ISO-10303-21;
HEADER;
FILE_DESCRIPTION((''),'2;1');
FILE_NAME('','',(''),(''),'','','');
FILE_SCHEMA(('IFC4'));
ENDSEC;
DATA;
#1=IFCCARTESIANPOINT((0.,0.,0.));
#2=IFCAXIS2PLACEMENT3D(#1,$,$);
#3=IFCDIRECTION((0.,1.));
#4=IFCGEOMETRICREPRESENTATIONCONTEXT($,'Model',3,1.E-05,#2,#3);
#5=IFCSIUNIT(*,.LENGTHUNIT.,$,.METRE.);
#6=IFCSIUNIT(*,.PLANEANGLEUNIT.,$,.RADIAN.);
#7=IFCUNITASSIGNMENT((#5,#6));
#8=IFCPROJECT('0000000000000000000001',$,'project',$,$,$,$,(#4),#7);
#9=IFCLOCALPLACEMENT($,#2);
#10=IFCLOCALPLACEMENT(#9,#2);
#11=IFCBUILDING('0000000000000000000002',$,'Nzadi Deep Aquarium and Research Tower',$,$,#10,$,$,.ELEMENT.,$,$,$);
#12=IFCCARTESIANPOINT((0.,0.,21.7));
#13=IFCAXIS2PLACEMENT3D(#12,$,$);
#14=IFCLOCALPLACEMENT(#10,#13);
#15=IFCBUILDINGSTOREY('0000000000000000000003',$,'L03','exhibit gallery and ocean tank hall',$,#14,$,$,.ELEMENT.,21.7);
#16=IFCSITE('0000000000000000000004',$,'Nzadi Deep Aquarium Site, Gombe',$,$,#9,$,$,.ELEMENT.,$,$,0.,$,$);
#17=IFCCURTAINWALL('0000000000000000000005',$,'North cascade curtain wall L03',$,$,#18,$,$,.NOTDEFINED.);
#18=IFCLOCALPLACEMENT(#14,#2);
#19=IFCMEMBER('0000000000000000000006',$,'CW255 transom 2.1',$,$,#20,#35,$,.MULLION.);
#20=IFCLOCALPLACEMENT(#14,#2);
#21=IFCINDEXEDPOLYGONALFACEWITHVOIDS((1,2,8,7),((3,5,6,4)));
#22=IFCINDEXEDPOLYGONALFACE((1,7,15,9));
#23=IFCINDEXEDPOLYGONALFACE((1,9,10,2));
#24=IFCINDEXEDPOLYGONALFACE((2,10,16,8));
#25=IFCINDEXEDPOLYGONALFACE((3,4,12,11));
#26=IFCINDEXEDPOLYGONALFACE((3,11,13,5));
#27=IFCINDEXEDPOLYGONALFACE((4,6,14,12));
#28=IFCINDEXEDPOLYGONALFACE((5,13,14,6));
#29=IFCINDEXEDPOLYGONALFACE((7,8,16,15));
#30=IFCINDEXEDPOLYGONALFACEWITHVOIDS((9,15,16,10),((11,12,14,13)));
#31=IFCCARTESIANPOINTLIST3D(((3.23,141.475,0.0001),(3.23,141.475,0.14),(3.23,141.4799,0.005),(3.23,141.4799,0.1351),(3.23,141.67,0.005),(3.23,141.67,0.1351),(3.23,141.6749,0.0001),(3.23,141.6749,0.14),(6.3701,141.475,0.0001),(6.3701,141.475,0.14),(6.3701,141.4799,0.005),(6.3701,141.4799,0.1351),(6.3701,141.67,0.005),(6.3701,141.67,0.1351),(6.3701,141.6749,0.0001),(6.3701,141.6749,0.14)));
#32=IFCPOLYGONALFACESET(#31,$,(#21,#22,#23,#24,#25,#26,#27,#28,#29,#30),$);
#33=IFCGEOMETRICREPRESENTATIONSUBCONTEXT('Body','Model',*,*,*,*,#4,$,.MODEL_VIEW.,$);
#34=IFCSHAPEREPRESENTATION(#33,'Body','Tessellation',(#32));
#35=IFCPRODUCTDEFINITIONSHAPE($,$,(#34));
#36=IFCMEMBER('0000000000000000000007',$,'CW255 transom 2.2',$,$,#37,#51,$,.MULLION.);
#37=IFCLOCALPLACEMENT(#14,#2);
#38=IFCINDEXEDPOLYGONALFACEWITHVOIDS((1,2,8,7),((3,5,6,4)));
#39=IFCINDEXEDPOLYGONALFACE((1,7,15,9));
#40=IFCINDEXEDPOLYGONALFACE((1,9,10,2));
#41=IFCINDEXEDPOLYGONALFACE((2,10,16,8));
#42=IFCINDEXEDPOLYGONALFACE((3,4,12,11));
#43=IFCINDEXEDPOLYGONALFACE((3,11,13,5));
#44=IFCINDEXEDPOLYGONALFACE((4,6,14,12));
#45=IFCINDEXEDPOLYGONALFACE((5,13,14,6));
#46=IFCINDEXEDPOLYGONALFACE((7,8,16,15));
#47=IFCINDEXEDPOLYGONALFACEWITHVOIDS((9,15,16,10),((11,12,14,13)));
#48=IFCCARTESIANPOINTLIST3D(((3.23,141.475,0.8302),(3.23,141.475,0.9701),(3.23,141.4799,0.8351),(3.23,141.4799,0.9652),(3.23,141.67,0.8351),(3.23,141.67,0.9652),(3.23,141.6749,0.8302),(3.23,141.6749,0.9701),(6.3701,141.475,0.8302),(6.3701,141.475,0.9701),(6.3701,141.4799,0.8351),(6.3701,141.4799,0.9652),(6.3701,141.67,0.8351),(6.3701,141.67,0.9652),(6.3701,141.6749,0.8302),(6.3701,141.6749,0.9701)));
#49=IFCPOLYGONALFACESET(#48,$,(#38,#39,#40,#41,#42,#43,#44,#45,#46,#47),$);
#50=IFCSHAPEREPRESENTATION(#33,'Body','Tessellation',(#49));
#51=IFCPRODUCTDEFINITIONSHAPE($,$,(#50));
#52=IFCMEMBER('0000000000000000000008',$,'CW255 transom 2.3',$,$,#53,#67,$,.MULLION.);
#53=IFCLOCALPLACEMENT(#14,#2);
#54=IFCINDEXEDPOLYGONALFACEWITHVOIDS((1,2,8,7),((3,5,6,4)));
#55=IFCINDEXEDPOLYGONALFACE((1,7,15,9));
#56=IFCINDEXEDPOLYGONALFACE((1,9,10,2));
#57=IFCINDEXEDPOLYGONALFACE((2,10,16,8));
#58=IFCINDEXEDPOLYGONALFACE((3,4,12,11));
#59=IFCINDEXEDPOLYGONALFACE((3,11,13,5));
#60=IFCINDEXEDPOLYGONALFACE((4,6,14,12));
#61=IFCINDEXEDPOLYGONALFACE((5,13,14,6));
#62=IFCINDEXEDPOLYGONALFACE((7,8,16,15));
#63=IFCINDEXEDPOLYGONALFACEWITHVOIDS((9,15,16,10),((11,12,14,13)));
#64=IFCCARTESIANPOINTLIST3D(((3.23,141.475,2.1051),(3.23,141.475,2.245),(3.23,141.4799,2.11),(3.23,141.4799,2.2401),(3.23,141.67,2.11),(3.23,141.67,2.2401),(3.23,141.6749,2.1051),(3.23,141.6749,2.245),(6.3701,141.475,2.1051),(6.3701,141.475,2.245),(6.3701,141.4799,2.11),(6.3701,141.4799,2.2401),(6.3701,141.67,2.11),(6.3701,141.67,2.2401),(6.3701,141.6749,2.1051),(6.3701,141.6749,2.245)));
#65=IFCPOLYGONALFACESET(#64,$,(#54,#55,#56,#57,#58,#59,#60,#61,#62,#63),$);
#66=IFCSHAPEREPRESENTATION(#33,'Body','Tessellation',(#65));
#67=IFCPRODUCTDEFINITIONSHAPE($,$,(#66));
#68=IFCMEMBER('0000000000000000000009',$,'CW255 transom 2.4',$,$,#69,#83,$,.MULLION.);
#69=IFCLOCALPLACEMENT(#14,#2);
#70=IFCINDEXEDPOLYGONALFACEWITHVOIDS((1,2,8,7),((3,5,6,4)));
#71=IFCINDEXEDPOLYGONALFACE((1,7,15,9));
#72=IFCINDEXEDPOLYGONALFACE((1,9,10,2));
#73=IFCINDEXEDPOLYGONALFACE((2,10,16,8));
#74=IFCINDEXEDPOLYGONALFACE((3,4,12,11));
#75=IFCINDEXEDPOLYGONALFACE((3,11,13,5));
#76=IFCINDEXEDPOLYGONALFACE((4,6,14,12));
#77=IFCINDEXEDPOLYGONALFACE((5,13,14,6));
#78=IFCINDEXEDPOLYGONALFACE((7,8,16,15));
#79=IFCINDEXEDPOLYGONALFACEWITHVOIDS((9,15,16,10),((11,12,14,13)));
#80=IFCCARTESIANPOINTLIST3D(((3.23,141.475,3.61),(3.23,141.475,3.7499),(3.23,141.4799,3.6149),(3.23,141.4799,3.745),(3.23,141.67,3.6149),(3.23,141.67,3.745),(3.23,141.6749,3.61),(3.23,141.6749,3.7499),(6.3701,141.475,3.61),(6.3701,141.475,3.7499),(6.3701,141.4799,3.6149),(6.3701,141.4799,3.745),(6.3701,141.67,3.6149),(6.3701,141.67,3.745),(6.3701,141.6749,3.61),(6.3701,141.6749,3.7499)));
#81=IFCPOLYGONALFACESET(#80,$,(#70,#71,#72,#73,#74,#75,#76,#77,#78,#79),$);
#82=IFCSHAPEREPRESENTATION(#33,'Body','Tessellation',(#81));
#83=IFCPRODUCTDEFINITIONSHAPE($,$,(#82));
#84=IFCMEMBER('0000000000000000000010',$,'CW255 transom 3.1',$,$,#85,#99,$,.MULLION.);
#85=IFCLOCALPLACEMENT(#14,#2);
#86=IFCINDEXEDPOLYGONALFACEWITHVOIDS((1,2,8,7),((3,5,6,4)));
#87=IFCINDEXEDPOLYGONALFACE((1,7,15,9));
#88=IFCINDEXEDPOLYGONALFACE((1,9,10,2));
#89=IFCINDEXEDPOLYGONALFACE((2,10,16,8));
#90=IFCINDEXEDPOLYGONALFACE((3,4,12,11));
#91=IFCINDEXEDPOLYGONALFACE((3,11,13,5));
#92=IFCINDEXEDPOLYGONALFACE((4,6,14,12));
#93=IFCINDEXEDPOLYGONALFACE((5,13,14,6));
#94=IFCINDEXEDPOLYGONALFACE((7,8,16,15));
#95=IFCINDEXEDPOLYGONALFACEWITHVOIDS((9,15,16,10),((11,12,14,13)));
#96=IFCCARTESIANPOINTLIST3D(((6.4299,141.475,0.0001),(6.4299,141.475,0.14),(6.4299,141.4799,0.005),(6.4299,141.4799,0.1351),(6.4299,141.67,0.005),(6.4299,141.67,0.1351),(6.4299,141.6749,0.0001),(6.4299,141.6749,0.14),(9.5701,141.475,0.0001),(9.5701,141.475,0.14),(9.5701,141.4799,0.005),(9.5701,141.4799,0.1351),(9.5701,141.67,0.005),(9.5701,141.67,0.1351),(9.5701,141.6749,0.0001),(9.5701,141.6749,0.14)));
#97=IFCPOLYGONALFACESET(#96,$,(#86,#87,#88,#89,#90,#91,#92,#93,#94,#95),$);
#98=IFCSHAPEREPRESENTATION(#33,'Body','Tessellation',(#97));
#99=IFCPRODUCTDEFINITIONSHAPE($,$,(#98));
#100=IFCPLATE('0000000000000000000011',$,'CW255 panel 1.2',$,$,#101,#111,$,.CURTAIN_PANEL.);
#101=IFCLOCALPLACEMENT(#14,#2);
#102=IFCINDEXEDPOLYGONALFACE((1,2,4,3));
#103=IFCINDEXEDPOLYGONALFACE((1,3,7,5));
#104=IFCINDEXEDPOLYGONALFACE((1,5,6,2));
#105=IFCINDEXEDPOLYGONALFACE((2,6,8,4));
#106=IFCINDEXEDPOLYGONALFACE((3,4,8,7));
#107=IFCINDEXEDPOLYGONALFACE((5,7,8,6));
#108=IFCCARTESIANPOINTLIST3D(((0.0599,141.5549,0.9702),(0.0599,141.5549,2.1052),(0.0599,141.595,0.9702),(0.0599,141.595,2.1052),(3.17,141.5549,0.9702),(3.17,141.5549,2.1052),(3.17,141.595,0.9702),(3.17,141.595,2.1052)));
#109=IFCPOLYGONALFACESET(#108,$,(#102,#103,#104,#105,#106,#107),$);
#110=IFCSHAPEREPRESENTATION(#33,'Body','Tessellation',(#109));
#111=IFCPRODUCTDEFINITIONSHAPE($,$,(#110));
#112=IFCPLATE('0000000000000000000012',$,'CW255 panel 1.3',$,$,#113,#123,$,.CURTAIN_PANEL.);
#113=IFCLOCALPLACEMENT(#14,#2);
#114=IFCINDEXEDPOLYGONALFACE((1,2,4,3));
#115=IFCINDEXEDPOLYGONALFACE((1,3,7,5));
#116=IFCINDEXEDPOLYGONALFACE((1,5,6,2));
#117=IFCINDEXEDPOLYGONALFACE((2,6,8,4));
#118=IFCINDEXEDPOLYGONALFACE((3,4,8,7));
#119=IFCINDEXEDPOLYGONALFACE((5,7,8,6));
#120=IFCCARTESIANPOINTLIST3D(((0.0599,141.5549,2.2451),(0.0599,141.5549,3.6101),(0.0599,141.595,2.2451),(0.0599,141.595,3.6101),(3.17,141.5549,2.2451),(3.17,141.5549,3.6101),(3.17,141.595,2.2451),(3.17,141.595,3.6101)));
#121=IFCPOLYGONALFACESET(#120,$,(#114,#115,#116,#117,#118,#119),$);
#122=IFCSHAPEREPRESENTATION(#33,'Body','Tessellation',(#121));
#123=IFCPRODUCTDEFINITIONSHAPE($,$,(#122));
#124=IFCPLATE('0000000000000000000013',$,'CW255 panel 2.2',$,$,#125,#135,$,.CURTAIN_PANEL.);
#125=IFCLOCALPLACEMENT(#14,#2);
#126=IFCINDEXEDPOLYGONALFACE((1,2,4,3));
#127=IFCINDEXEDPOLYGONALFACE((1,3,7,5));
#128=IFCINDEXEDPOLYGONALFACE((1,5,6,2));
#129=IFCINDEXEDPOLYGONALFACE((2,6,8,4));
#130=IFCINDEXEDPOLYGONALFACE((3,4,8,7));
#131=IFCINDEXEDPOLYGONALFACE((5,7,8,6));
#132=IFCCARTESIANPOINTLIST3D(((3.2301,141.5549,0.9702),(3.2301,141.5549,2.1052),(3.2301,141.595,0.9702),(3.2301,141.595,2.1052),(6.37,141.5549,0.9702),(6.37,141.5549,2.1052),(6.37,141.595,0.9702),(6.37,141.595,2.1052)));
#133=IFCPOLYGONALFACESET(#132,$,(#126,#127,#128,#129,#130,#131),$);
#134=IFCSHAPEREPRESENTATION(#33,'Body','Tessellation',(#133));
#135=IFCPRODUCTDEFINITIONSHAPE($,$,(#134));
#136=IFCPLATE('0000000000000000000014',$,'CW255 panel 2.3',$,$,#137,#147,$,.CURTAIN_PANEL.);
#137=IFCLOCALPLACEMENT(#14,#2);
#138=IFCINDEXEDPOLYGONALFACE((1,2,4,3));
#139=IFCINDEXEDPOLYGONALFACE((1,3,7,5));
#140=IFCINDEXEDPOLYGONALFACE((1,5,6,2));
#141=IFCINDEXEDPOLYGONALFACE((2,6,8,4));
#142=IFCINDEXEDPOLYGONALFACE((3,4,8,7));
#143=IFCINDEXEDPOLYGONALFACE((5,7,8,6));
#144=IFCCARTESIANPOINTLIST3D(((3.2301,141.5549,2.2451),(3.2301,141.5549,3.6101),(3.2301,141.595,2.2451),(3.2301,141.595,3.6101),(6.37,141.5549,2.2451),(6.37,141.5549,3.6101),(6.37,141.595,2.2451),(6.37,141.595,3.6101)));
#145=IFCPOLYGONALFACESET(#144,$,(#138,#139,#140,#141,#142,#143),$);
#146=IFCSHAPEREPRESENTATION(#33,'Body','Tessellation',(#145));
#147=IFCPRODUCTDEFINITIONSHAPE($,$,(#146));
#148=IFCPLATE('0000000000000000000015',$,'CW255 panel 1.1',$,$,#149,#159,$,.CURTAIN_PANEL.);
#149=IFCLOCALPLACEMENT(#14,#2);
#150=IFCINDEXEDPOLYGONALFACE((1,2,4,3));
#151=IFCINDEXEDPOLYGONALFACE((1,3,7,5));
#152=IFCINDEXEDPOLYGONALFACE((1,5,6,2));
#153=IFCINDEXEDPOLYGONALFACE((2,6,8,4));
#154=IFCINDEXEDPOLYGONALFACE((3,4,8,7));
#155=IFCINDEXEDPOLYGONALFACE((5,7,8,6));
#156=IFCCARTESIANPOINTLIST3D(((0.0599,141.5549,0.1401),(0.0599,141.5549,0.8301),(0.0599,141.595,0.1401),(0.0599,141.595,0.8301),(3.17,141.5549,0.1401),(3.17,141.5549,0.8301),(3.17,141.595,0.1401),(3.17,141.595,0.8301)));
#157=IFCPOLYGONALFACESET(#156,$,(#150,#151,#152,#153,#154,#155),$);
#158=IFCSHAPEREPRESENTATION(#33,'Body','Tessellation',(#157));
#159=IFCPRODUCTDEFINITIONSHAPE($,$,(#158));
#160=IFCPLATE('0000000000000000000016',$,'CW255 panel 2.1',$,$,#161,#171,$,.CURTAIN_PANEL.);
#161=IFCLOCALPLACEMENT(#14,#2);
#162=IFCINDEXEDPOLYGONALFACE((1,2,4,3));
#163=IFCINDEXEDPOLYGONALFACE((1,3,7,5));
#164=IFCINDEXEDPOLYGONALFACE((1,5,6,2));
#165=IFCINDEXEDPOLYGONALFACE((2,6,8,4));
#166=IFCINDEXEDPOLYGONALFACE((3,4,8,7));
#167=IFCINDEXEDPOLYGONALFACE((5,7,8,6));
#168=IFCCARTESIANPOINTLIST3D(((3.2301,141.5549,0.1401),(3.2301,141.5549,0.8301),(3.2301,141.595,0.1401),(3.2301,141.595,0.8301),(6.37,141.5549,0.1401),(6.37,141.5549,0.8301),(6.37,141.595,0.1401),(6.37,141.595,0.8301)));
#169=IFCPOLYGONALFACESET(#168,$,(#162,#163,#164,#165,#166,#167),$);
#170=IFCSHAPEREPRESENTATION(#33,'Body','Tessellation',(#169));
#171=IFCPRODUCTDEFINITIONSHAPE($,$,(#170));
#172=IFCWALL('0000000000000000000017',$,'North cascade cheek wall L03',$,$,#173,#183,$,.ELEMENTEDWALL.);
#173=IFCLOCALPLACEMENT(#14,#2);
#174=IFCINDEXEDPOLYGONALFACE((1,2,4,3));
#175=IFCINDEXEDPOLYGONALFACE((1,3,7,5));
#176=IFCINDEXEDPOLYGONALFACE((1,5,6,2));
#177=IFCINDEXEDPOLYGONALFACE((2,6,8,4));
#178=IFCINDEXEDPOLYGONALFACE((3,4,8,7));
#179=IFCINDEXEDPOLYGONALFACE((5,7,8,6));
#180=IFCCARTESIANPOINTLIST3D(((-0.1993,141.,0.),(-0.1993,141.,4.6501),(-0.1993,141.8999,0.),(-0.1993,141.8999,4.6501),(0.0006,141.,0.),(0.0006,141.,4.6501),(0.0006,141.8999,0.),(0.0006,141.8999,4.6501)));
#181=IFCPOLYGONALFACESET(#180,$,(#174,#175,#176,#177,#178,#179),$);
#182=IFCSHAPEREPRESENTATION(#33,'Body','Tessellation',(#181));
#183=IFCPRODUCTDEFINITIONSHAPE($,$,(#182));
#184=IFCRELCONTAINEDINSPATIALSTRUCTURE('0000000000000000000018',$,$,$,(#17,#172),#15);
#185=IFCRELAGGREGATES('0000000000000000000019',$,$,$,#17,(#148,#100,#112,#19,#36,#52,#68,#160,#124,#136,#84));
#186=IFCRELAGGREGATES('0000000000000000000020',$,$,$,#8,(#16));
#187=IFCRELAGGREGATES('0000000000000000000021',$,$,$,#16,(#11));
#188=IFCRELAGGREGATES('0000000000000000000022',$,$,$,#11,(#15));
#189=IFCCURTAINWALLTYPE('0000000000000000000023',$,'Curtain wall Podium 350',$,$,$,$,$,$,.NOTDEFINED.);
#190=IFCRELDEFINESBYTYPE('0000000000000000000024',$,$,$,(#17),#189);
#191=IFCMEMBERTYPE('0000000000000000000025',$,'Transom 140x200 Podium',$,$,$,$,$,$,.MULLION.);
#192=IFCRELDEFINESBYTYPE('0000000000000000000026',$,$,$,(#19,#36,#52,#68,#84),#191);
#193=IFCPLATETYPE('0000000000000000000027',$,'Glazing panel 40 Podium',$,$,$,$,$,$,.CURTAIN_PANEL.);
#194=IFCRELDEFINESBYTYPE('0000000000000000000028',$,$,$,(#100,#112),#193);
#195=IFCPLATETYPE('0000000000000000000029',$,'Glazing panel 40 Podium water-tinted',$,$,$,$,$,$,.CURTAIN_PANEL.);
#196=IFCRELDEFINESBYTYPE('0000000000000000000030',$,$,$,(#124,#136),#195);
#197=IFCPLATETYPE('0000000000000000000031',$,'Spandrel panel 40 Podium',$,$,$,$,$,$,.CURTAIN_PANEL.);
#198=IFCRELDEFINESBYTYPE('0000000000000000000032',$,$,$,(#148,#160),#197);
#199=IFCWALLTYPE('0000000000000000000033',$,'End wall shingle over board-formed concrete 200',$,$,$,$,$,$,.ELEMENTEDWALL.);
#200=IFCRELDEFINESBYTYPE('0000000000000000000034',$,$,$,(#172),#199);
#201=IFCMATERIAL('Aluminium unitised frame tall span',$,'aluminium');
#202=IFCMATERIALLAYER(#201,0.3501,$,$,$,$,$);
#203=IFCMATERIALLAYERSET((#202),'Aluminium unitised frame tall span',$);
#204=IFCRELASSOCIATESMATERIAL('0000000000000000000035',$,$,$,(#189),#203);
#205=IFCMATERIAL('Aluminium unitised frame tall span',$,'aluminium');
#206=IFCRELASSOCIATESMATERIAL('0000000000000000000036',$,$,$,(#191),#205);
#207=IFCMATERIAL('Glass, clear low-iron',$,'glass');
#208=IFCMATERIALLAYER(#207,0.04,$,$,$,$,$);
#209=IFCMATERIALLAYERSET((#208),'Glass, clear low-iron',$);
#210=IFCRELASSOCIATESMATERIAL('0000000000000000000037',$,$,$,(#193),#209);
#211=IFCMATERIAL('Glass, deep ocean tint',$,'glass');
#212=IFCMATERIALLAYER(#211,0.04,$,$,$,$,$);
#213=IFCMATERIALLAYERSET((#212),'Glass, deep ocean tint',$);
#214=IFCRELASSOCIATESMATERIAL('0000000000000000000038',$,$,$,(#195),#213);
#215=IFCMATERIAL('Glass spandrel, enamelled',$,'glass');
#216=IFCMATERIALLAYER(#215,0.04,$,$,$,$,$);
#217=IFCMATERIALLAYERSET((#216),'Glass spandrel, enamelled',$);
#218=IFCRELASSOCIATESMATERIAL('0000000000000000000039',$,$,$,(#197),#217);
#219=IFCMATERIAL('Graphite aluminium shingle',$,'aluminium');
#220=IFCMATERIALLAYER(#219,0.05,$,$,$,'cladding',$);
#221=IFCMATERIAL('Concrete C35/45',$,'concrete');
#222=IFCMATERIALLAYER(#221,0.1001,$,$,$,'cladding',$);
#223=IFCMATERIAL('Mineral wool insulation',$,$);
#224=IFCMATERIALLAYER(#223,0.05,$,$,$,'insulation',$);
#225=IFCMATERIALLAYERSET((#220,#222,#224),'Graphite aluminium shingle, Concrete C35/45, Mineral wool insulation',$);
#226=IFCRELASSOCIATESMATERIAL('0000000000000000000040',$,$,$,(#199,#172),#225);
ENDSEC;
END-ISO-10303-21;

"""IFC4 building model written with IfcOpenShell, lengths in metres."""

from ifc_helpers import new_model, si_unit, direction, frame, frame_2d, origin, origin_2d, place, context, subcontext, project, spatial, rectangle, hollow_rectangle, extrude, material, layer, layer_set, layer_usage, material_profile, profile_set, type_object, element, aggregate, save


model = new_model("IFC4")

# Units and contexts
model_context = context("Model", 3, precision=1e-05, world=origin(), true_north=direction((0.0, 1.0)))
body_context = subcontext(model_context, "Body", "Model", "MODEL_VIEW")
ifc_project = project(units=[si_unit("LENGTHUNIT", "METRE"), si_unit("PLANEANGLEUNIT", "RADIAN")], contexts=[model_context])

# Site, building, storey
site_placement = place(None, origin())
site = spatial("IfcSite", under=ifc_project, at=site_placement, Name="Nzadi Deep Aquarium Site, Gombe", CompositionType="ELEMENT", RefElevation=0.0)
building_placement = place(site_placement, origin())
building = spatial("IfcBuilding", under=site, at=building_placement, Name="Nzadi Deep Aquarium and Research Tower", CompositionType="ELEMENT")
storey_placement = place(building_placement, frame((0.0, 0.0, 21.7)))
storey = spatial("IfcBuildingStorey", under=building, at=storey_placement, Name="L03", Description="exhibit gallery and ocean tank hall", CompositionType="ELEMENT", Elevation=21.7)

# Curtain wall
ifc_material_1 = material(Name="Aluminium unitised frame tall span", Category="aluminium")
ifc_layer_1 = layer(ifc_material_1, 0.3501)
ifc_layer_set_1 = layer_set([ifc_layer_1], Name="Aluminium unitised frame tall span")
curtain_wall_type = type_object("IfcCurtainWallType", Name="Curtain wall Podium 350", PredefinedType="NOTDEFINED", material=ifc_layer_set_1)
curtain_wall_placement = place(storey_placement, origin())
curtain_wall = element("IfcCurtainWall", 1, at=curtain_wall_placement, inside=storey, type_object=curtain_wall_type, Name="North cascade curtain wall L03", PredefinedType="NOTDEFINED")

# Members
ifc_material_2 = material(Name="Aluminium unitised frame tall span", Category="aluminium")
ifc_material_profile_1 = material_profile(ifc_material_2, hollow_rectangle(XDim=0.2, YDim=0.1399, WallThickness=0.0049, at=origin_2d()))
ifc_profile_set_1 = profile_set([ifc_material_profile_1], Name="Aluminium unitised frame tall span")
member_type_1 = type_object("IfcMemberType", Name="Transom 140x200 Podium", PredefinedType="MULLION", material=ifc_profile_set_1)
member_1_placement = place(storey_placement, frame((3.23, 141.575, 0.0701), z_axis=(1.0, 0.0, 0.0), x_axis=(0.0, 1.0, 0.0)))
member_1 = element("IfcMember", 2, at=member_1_placement, type_object=member_type_1, Name="CW255 transom 2.1", PredefinedType="MULLION", context=body_context, shape_type="SweptSolid", body=[
    extrude(hollow_rectangle(XDim=0.2, YDim=0.1399, WallThickness=0.0049, at=origin_2d()), origin(), (0.0, 0.0, 1.0), 3.1401),
])
member_2_placement = place(storey_placement, frame((3.23, 141.575, 0.9001), z_axis=(1.0, 0.0, 0.0), x_axis=(0.0, 1.0, 0.0)))
member_2 = element("IfcMember", 3, at=member_2_placement, type_object=member_type_1, Name="CW255 transom 2.2", PredefinedType="MULLION", context=body_context, shape_type="SweptSolid", body=[
    extrude(hollow_rectangle(XDim=0.2, YDim=0.1399, WallThickness=0.0049, at=origin_2d()), origin(), (0.0, 0.0, 1.0), 3.1401),
])
member_3_placement = place(storey_placement, frame((3.23, 141.575, 2.175), z_axis=(1.0, 0.0, 0.0), x_axis=(0.0, 1.0, 0.0)))
member_3 = element("IfcMember", 4, at=member_3_placement, type_object=member_type_1, Name="CW255 transom 2.3", PredefinedType="MULLION", context=body_context, shape_type="SweptSolid", body=[
    extrude(hollow_rectangle(XDim=0.2, YDim=0.1399, WallThickness=0.0049, at=origin_2d()), origin(), (0.0, 0.0, 1.0), 3.1401),
])
member_4_placement = place(storey_placement, frame((3.23, 141.575, 3.6799), z_axis=(1.0, 0.0, 0.0), x_axis=(0.0, 1.0, 0.0)))
member_4 = element("IfcMember", 5, at=member_4_placement, type_object=member_type_1, Name="CW255 transom 2.4", PredefinedType="MULLION", context=body_context, shape_type="SweptSolid", body=[
    extrude(hollow_rectangle(XDim=0.2, YDim=0.1399, WallThickness=0.0049, at=origin_2d()), origin(), (0.0, 0.0, 1.0), 3.1401),
])
member_5_placement = place(storey_placement, frame((6.4299, 141.575, 0.0701), z_axis=(1.0, 0.0, 0.0), x_axis=(0.0, 1.0, 0.0)))
member_5 = element("IfcMember", 6, at=member_5_placement, type_object=member_type_1, Name="CW255 transom 3.1", PredefinedType="MULLION", context=body_context, shape_type="SweptSolid", body=[
    extrude(hollow_rectangle(XDim=0.2, YDim=0.1399, WallThickness=0.0049, at=origin_2d()), origin(), (0.0, 0.0, 1.0), 3.1401),
])

# Plates
ifc_material_3 = material(Name="Glass, clear low-iron", Category="glass")
ifc_layer_2 = layer(ifc_material_3, 0.04)
ifc_layer_set_2 = layer_set([ifc_layer_2], Name="Glass, clear low-iron")
plate_type_1 = type_object("IfcPlateType", Name="Glazing panel 40 Podium", PredefinedType="CURTAIN_PANEL", material=ifc_layer_set_2)
plate_1_placement = place(storey_placement, frame((1.615, 141.575, 0.9702), z_axis=(0.0, 0.0, 1.0), x_axis=(1.0, 0.0, 0.0)))
plate_1 = element("IfcPlate", 7, at=plate_1_placement, type_object=plate_type_1, Name="CW255 panel 1.2", PredefinedType="CURTAIN_PANEL", context=body_context, shape_type="SweptSolid", body=[
    extrude(rectangle(XDim=3.1101, YDim=0.04, at=origin_2d()), origin(), (0.0, 0.0, 1.0), 1.135),
])
plate_2_placement = place(storey_placement, frame((1.615, 141.575, 2.2451), z_axis=(0.0, 0.0, 1.0), x_axis=(1.0, 0.0, 0.0)))
plate_2 = element("IfcPlate", 8, at=plate_2_placement, type_object=plate_type_1, Name="CW255 panel 1.3", PredefinedType="CURTAIN_PANEL", context=body_context, shape_type="SweptSolid", body=[
    extrude(rectangle(XDim=3.1101, YDim=0.04, at=origin_2d()), origin(), (0.0, 0.0, 1.0), 1.365),
])
ifc_material_4 = material(Name="Glass, deep ocean tint", Category="glass")
ifc_layer_3 = layer(ifc_material_4, 0.04)
ifc_layer_set_3 = layer_set([ifc_layer_3], Name="Glass, deep ocean tint")
plate_type_2 = type_object("IfcPlateType", Name="Glazing panel 40 Podium water-tinted", PredefinedType="CURTAIN_PANEL", material=ifc_layer_set_3)
plate_3_placement = place(storey_placement, frame((4.8, 141.575, 0.9702), z_axis=(0.0, 0.0, 1.0), x_axis=(1.0, 0.0, 0.0)))
plate_3 = element("IfcPlate", 9, at=plate_3_placement, type_object=plate_type_2, Name="CW255 panel 2.2", PredefinedType="CURTAIN_PANEL", context=body_context, shape_type="SweptSolid", body=[
    extrude(rectangle(XDim=3.1399, YDim=0.04, at=origin_2d()), origin(), (0.0, 0.0, 1.0), 1.135),
])
plate_4_placement = place(storey_placement, frame((4.8, 141.575, 2.2451), z_axis=(0.0, 0.0, 1.0), x_axis=(1.0, 0.0, 0.0)))
plate_4 = element("IfcPlate", 10, at=plate_4_placement, type_object=plate_type_2, Name="CW255 panel 2.3", PredefinedType="CURTAIN_PANEL", context=body_context, shape_type="SweptSolid", body=[
    extrude(rectangle(XDim=3.1399, YDim=0.04, at=origin_2d()), origin(), (0.0, 0.0, 1.0), 1.365),
])
ifc_material_5 = material(Name="Glass spandrel, enamelled", Category="glass")
ifc_layer_4 = layer(ifc_material_5, 0.04)
ifc_layer_set_4 = layer_set([ifc_layer_4], Name="Glass spandrel, enamelled")
plate_type_3 = type_object("IfcPlateType", Name="Spandrel panel 40 Podium", PredefinedType="CURTAIN_PANEL", material=ifc_layer_set_4)
plate_5_placement = place(storey_placement, frame((1.615, 141.575, 0.1401), z_axis=(0.0, 0.0, 1.0), x_axis=(1.0, 0.0, 0.0)))
plate_5 = element("IfcPlate", 11, at=plate_5_placement, type_object=plate_type_3, Name="CW255 panel 1.1", PredefinedType="CURTAIN_PANEL", context=body_context, shape_type="SweptSolid", body=[
    extrude(rectangle(XDim=3.1101, YDim=0.04, at=origin_2d()), origin(), (0.0, 0.0, 1.0), 0.6899),
])
plate_6_placement = place(storey_placement, frame((4.8, 141.575, 0.1401), z_axis=(0.0, 0.0, 1.0), x_axis=(1.0, 0.0, 0.0)))
plate_6 = element("IfcPlate", 12, at=plate_6_placement, type_object=plate_type_3, Name="CW255 panel 2.1", PredefinedType="CURTAIN_PANEL", context=body_context, shape_type="SweptSolid", body=[
    extrude(rectangle(XDim=3.1399, YDim=0.04, at=origin_2d()), origin(), (0.0, 0.0, 1.0), 0.6899),
])
aggregate(curtain_wall, [plate_5, plate_1, plate_2, member_1, member_2, member_3, member_4, plate_6, plate_3, plate_4, member_5])

# Wall
ifc_material_6 = material(Name="Graphite aluminium shingle", Category="aluminium")
ifc_layer_5 = layer(ifc_material_6, 0.05, Category="cladding")
ifc_material_7 = material(Name="Concrete C35/45", Category="concrete")
ifc_layer_6 = layer(ifc_material_7, 0.1001, Category="cladding")
ifc_material_8 = material(Name="Mineral wool insulation")
ifc_layer_7 = layer(ifc_material_8, 0.05, Category="insulation")
ifc_layer_set_5 = layer_set([ifc_layer_5, ifc_layer_6, ifc_layer_7], Name="Graphite aluminium shingle, Concrete C35/45, Mineral wool insulation")
ifc_layer_usage = layer_usage(ifc_layer_set_5, "AXIS2", "POSITIVE", -0.1)
wall_type = type_object("IfcWallType", Name="End wall shingle over board-formed concrete 200", PredefinedType="ELEMENTEDWALL", material=ifc_layer_set_5)
wall_placement = place(storey_placement, frame((-0.0994, 141.8999, 0.0), z_axis=(0.0, 0.0, 1.0), x_axis=(0.0, -1.0, 0.0)))
element("IfcWall", 13, at=wall_placement, inside=storey, type_object=wall_type, material=ifc_layer_usage, Name="North cascade cheek wall L03", PredefinedType="ELEMENTEDWALL", context=body_context, shape_type="SweptSolid", body=[
    extrude(rectangle(XDim=0.8999, YDim=0.2, at=frame_2d((0.45, 0.0))), origin(), (0.0, 0.0, 1.0), 4.6501),
])

save(model, "model.ifc")
